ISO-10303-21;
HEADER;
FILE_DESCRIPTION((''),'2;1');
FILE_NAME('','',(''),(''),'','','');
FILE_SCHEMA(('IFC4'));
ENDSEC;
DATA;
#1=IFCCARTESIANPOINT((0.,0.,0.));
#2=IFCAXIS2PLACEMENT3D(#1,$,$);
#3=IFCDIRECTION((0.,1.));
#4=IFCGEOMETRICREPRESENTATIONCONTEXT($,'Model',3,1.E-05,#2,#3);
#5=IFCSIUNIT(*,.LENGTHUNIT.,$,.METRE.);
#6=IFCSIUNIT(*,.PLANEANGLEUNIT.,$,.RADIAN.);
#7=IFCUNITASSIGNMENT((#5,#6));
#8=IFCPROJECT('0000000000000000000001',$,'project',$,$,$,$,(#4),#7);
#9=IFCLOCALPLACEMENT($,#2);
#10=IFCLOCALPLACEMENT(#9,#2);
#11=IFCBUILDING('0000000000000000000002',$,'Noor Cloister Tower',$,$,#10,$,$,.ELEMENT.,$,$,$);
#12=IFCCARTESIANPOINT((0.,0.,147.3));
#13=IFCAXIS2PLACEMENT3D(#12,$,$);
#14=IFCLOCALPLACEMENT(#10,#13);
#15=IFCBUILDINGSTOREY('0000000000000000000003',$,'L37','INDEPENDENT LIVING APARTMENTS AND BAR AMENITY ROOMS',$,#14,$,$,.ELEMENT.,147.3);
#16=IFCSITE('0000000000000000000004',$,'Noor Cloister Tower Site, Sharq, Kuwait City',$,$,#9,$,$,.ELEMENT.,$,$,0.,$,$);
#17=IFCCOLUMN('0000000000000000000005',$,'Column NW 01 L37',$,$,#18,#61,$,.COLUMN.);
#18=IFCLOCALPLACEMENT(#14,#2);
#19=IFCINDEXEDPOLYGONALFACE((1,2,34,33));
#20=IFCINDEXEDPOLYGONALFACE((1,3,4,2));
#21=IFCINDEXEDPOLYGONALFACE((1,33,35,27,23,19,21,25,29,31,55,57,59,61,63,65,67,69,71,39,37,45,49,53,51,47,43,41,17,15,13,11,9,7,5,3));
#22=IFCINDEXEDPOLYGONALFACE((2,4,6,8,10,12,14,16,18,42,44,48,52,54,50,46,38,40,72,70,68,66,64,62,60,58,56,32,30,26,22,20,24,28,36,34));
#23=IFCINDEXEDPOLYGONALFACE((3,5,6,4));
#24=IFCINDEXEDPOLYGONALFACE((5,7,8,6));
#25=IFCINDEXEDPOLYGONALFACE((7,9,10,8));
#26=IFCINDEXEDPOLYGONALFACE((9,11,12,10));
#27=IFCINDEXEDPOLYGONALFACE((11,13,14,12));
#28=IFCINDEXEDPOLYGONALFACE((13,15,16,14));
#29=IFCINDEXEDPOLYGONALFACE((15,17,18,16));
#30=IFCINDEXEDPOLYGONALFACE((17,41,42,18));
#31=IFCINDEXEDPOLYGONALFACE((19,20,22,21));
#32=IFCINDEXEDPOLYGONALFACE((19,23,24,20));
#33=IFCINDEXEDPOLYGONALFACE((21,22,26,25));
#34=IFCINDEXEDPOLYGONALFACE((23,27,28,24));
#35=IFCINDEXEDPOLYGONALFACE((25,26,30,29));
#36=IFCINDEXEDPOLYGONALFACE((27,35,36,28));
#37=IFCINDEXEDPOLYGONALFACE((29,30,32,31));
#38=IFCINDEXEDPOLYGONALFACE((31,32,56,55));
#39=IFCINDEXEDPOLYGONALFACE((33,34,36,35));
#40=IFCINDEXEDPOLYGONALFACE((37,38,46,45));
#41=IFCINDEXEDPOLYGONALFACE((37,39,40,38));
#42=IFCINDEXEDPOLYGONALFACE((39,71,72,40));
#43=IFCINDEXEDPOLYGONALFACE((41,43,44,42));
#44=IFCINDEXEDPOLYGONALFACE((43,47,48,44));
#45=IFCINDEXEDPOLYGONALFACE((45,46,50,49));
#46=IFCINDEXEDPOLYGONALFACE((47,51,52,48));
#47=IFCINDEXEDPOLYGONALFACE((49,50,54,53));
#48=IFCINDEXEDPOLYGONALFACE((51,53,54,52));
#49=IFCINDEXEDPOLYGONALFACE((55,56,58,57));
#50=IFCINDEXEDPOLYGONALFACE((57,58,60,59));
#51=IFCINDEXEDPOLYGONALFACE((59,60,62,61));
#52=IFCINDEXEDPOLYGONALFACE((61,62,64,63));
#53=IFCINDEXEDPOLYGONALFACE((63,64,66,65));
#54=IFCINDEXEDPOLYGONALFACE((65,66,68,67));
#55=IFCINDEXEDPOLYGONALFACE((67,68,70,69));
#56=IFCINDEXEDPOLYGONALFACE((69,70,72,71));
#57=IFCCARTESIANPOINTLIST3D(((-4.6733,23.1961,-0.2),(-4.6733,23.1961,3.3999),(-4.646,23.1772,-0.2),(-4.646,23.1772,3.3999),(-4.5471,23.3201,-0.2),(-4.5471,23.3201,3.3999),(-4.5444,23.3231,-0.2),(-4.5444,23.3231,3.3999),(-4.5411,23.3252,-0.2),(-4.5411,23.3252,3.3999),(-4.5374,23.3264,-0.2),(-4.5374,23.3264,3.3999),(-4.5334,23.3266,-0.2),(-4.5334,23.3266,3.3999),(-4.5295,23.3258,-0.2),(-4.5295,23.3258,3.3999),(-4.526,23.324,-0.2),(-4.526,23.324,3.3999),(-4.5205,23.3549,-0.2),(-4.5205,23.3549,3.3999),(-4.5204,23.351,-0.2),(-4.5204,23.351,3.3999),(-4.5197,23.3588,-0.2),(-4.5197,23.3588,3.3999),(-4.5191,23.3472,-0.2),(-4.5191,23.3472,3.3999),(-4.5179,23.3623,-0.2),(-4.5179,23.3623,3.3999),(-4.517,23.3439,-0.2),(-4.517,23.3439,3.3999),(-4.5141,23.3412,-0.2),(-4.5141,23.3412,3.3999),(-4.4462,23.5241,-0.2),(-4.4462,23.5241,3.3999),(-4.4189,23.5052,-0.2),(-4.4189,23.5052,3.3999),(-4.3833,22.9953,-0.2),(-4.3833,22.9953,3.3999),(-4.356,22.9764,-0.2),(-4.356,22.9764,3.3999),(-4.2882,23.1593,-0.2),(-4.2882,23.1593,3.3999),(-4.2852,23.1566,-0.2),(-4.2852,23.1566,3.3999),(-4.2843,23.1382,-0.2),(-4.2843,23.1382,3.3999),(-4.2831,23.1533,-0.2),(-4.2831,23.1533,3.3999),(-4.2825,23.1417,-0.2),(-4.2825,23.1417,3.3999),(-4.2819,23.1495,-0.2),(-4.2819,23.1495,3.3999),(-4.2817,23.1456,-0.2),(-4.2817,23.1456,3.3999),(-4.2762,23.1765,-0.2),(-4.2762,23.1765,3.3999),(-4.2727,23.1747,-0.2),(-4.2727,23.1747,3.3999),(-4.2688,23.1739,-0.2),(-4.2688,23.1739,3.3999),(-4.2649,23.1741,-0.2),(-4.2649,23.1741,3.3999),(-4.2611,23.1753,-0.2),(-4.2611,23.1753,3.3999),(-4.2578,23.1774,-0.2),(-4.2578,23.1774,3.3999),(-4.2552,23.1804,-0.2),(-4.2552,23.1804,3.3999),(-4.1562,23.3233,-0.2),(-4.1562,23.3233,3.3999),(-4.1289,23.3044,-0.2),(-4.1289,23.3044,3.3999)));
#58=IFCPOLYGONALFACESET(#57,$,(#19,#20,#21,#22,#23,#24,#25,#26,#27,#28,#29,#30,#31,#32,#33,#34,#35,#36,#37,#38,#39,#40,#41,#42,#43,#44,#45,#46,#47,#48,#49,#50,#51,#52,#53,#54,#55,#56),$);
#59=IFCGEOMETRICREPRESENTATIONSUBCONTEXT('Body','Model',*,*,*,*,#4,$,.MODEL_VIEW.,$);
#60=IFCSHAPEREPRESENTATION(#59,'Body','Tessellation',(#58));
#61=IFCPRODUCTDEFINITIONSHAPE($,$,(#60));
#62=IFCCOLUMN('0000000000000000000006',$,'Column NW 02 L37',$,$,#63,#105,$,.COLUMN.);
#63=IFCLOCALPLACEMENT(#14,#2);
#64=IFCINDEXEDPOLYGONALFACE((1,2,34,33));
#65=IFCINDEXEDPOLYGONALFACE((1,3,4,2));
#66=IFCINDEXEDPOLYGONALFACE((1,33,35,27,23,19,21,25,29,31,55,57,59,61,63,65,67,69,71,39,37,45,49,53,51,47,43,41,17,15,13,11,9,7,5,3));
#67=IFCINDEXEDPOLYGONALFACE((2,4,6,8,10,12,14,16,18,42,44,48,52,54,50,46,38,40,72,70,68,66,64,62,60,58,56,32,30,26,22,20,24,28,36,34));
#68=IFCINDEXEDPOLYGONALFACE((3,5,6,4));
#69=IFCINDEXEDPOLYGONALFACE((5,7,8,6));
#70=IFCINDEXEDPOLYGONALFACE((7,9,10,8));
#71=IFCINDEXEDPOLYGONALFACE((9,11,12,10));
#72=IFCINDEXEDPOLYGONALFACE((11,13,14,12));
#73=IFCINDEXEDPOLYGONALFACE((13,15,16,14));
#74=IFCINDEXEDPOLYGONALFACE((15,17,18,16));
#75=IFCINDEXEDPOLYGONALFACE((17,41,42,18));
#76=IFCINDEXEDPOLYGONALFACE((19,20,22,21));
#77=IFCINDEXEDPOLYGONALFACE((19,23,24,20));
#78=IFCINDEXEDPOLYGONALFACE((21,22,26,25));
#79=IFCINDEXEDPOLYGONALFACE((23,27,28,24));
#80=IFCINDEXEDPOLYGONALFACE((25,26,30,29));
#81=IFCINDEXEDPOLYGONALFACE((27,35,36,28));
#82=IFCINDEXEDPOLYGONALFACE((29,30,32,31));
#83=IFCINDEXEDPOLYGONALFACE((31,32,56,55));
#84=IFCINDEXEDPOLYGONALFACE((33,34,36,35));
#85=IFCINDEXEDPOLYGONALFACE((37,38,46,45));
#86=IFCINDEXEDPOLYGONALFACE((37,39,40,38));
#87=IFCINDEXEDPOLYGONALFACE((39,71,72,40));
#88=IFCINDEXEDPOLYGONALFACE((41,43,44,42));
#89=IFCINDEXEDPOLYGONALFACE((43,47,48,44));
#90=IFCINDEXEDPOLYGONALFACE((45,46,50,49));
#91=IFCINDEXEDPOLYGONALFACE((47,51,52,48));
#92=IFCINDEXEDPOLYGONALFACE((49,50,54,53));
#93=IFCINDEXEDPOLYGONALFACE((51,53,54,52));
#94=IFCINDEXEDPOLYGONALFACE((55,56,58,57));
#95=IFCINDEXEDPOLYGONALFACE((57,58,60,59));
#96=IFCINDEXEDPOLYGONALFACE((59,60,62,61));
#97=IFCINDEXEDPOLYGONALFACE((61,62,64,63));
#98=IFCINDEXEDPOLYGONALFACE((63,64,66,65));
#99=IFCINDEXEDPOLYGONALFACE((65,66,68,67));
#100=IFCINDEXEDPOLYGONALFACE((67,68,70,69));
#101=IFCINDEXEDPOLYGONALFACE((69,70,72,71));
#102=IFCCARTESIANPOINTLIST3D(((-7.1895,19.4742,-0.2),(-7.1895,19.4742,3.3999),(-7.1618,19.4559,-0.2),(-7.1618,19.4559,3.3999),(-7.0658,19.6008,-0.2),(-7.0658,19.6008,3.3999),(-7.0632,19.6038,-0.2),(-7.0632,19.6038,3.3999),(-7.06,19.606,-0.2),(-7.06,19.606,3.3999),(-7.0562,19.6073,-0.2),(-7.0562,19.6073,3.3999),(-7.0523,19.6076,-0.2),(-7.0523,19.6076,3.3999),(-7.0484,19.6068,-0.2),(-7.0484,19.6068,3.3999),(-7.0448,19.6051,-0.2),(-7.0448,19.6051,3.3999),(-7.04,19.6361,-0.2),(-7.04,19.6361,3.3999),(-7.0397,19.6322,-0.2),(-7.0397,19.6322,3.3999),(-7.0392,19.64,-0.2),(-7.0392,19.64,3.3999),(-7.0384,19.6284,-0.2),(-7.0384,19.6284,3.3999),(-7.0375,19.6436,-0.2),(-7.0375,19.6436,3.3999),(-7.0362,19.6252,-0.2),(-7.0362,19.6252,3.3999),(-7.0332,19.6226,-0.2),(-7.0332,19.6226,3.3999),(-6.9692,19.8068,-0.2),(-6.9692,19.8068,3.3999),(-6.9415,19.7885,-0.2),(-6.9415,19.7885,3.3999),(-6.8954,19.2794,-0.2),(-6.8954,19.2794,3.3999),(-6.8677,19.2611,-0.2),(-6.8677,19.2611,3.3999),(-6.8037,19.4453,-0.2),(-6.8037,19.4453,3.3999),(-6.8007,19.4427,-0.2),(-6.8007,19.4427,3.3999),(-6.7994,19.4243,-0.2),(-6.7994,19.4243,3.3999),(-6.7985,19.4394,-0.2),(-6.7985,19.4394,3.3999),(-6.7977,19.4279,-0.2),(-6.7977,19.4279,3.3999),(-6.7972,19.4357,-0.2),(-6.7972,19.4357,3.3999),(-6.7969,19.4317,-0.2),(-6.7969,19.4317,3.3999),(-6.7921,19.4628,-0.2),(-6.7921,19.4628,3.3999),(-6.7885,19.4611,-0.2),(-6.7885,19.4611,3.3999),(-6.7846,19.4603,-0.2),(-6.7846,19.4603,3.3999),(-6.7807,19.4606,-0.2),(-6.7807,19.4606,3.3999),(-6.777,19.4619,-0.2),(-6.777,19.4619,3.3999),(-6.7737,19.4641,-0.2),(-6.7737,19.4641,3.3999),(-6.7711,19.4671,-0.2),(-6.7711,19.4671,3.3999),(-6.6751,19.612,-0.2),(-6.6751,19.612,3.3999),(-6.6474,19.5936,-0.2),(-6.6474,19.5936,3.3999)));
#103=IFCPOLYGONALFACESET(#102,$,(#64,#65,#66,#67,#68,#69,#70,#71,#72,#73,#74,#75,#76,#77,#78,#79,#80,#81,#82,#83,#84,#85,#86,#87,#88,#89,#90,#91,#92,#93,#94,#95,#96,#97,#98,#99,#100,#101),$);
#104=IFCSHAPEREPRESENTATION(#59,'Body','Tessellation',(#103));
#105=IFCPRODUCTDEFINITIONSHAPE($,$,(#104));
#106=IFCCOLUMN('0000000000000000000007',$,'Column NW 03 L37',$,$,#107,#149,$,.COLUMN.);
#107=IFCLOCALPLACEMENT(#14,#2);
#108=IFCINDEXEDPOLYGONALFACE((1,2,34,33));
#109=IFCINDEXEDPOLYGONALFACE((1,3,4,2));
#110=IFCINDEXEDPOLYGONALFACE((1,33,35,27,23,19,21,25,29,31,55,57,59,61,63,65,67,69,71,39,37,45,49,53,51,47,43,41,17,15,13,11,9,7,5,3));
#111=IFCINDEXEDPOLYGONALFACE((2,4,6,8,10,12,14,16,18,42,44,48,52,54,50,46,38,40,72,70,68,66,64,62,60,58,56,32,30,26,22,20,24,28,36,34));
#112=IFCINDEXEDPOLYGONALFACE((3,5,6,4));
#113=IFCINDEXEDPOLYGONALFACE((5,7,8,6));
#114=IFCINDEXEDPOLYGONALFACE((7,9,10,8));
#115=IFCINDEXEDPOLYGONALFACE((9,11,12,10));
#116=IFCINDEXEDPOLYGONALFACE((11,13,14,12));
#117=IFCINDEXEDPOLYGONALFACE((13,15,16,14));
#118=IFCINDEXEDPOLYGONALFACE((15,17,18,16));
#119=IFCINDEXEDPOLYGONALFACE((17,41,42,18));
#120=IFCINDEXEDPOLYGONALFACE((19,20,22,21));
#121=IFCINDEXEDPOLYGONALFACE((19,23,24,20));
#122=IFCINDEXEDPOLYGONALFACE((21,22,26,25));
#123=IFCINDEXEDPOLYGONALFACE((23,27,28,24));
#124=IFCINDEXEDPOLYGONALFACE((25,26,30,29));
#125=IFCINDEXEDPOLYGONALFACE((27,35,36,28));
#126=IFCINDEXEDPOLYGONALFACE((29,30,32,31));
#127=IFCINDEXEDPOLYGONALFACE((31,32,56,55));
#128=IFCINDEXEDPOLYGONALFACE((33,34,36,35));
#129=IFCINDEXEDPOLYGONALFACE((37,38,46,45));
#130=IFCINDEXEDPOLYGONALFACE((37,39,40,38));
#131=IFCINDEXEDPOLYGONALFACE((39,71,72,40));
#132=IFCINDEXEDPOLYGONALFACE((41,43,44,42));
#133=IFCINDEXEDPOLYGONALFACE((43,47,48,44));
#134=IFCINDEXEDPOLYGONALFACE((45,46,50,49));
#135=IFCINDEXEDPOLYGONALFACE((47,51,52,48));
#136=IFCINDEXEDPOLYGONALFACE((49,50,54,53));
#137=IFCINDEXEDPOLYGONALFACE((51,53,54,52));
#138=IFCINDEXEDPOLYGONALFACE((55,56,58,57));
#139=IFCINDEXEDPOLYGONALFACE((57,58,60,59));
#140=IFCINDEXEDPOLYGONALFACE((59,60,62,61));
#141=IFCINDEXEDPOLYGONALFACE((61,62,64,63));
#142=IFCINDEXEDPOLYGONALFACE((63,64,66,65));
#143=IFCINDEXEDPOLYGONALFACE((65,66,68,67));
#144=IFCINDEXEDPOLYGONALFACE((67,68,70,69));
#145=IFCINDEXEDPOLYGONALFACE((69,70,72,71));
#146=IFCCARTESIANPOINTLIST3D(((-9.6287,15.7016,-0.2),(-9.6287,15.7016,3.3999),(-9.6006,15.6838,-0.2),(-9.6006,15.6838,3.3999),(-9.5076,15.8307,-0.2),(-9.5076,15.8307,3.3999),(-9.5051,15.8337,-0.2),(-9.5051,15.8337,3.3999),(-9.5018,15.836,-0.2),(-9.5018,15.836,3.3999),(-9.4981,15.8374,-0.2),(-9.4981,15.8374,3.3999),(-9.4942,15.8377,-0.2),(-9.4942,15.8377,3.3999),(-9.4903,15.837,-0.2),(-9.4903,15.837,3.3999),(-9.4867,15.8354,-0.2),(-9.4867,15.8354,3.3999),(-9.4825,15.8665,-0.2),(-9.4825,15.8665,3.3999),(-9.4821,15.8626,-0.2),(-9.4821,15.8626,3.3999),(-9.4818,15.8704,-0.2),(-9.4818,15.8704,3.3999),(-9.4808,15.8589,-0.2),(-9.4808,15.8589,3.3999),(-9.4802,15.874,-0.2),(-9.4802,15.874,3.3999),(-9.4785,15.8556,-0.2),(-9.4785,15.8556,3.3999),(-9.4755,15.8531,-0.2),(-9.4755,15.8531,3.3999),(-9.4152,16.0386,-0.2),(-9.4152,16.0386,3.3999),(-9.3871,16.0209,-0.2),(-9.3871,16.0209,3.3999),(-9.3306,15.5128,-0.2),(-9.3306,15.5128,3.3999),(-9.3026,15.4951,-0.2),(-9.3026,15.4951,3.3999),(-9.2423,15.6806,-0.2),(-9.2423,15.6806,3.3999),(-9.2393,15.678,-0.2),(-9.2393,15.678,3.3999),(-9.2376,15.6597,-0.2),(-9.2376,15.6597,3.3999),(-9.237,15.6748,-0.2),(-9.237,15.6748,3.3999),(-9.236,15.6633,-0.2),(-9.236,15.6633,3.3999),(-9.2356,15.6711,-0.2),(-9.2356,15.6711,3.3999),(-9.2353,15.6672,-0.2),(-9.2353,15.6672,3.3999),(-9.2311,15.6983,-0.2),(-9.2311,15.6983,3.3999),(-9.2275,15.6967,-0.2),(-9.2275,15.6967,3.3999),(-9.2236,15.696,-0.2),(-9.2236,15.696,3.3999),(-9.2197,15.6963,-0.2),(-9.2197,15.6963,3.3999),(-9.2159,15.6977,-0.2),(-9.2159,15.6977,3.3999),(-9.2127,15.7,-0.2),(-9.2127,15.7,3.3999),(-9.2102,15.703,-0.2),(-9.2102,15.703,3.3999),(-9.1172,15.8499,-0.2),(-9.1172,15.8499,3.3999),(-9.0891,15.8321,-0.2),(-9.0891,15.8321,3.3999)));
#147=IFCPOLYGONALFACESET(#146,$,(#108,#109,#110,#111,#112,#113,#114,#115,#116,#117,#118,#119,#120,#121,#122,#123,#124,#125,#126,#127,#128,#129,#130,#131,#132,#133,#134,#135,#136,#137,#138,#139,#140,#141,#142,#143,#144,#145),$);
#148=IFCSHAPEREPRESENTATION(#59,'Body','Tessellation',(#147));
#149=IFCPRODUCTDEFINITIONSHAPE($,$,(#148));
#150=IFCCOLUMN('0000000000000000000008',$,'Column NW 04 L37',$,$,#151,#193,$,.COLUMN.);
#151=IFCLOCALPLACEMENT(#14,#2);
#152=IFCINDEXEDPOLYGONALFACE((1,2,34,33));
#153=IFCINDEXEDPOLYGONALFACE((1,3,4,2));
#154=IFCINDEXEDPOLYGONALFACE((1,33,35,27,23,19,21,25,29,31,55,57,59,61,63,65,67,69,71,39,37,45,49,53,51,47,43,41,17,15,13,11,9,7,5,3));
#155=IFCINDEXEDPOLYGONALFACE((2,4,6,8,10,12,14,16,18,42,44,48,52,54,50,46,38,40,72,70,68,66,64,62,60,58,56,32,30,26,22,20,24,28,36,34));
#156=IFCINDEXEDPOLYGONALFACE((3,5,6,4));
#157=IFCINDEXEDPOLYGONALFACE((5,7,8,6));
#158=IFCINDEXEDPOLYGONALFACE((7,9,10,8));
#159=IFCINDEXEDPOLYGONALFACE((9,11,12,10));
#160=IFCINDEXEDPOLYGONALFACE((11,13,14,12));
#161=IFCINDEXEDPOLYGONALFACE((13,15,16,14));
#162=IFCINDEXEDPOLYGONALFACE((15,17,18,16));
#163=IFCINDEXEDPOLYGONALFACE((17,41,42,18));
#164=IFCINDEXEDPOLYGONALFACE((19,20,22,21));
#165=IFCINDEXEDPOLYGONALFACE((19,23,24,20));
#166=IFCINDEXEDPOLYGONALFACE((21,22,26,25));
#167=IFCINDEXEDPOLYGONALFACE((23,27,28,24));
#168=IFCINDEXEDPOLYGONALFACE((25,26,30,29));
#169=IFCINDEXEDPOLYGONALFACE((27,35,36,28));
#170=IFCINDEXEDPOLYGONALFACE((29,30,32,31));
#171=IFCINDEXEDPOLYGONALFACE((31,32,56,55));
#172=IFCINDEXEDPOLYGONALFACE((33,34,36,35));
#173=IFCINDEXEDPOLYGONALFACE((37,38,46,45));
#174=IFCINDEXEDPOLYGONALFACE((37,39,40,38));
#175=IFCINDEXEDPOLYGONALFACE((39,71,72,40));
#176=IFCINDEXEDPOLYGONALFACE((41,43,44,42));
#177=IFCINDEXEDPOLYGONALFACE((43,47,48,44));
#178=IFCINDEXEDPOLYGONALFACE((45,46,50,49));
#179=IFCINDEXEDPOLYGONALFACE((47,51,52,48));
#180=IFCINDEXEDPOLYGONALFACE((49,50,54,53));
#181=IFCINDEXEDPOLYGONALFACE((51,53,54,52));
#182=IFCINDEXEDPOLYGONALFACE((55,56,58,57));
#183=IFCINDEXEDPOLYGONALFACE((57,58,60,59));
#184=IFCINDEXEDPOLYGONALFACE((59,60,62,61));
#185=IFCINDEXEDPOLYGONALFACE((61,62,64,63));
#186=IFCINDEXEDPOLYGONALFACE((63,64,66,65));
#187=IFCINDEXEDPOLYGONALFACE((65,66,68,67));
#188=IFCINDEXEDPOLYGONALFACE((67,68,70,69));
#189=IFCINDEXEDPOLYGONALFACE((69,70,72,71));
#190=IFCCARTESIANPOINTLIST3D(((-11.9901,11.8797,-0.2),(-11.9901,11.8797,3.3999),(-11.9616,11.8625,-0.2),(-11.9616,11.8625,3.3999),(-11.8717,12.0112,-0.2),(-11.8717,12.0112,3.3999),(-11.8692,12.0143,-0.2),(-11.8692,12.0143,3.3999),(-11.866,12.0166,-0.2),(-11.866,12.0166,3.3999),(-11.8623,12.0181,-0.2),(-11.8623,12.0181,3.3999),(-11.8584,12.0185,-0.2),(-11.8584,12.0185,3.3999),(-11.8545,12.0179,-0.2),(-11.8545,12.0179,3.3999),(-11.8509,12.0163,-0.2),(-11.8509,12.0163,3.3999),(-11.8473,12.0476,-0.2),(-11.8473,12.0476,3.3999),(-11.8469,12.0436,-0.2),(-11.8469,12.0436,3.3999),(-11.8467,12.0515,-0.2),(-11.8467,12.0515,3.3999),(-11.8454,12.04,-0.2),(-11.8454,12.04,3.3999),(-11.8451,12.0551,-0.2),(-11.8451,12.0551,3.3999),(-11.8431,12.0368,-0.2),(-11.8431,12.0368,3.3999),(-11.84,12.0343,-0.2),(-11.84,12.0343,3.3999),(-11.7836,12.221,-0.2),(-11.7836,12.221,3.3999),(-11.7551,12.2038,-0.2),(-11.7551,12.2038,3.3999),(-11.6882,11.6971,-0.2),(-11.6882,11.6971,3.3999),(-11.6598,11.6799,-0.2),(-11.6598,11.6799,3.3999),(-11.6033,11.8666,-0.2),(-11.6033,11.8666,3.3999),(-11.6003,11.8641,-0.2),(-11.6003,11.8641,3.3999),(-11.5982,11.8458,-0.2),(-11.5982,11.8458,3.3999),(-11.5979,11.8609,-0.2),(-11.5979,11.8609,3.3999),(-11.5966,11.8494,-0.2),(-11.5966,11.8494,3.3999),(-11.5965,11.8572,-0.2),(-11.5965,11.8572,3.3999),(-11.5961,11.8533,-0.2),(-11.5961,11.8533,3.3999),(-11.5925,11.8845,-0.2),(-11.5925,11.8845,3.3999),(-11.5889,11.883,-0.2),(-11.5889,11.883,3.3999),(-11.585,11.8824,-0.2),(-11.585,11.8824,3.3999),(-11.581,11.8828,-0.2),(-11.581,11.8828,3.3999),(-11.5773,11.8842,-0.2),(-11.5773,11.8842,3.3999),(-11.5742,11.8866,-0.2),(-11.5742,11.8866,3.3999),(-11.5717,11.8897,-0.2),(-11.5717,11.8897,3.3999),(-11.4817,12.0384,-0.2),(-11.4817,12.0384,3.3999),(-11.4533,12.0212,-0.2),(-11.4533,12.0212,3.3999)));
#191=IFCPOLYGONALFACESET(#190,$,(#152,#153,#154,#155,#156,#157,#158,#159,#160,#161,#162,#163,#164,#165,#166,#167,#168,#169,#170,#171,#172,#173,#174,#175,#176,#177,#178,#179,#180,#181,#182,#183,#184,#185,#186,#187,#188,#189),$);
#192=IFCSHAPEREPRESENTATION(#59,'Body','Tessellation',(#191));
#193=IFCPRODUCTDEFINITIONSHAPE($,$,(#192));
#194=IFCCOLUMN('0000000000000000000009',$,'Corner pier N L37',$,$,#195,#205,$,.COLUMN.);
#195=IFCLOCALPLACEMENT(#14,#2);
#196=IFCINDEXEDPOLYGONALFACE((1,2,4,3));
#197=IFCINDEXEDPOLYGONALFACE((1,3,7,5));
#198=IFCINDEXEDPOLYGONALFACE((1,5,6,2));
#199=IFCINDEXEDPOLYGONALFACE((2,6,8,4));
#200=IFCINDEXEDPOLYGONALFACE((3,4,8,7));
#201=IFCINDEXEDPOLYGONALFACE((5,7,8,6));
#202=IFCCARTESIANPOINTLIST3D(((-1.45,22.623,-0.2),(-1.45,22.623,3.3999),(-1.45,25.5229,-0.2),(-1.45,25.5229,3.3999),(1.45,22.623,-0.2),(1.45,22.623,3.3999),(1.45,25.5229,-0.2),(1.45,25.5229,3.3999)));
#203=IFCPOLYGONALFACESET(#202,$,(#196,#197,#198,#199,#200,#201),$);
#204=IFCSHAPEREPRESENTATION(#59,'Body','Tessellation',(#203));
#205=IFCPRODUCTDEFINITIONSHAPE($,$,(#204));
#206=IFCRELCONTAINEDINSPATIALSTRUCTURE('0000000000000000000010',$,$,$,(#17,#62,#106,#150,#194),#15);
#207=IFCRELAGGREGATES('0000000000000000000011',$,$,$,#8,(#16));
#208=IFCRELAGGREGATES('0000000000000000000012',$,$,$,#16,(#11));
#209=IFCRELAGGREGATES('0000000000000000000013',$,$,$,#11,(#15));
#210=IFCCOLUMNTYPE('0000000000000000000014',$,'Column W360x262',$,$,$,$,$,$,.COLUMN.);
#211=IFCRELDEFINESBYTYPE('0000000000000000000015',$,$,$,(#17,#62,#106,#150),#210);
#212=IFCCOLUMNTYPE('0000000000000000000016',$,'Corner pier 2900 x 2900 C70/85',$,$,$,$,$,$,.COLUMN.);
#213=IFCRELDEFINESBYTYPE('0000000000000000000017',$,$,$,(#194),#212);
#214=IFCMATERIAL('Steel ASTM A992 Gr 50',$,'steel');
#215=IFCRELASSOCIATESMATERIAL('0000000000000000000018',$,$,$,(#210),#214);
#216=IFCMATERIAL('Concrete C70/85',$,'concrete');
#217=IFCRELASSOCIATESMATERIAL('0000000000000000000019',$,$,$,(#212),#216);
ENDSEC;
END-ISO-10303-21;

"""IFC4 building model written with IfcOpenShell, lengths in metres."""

from ifc_helpers import new_model, si_unit, direction, frame, origin, origin_2d, place, context, subcontext, project, spatial, rectangle, i_section, extrude, material, material_profile, profile_set, type_object, element, save


model = new_model("IFC4")

# Units and contexts
model_context = context("Model", 3, precision=1e-05, world=origin(), true_north=direction((0.0, 1.0)))
body_context = subcontext(model_context, "Body", "Model", "MODEL_VIEW")
ifc_project = project(units=[si_unit("LENGTHUNIT", "METRE"), si_unit("PLANEANGLEUNIT", "RADIAN")], contexts=[model_context])

# Site, building, storey
site_placement = place(None, origin())
site = spatial("IfcSite", under=ifc_project, at=site_placement, Name="Noor Cloister Tower Site, Sharq, Kuwait City", CompositionType="ELEMENT", RefElevation=0.0)
building_placement = place(site_placement, origin())
building = spatial("IfcBuilding", under=site, at=building_placement, Name="Noor Cloister Tower", CompositionType="ELEMENT")
storey_placement = place(building_placement, frame((0.0, 0.0, 147.3)))
storey = spatial("IfcBuildingStorey", under=building, at=storey_placement, Name="L37", Description="INDEPENDENT LIVING APARTMENTS AND BAR AMENITY ROOMS", CompositionType="ELEMENT", Elevation=147.3)

# Columns
ifc_material_1 = material(Name="Steel ASTM A992 Gr 50", Category="steel")
ifc_material_profile_1 = material_profile(ifc_material_1, i_section(OverallWidth=0.3989, OverallDepth=0.386, WebThickness=0.021, FlangeThickness=0.0332, FilletRadius=0.0151, at=origin_2d()), Name="W360x262")
ifc_profile_set_1 = profile_set([ifc_material_profile_1], Name="Steel ASTM A992 Gr 50")
column_type_1 = type_object("IfcColumnType", Name="Column W360x262", PredefinedType="COLUMN", material=ifc_profile_set_1)
for number, where, z_axis, x_axis, name in (
    (1, (-4.4011, 23.2502, -0.2), (0.0, 0.0, 1.0), (-0.569266, -0.822154, 0.0), "Column NW 01 L37"),
    (2, (-6.9185, 19.5339, -0.2), (0.0, 0.0, 1.0), (-0.55229, -0.833652, 0.0), "Column NW 02 L37"),
    (3, (-9.3589, 15.7668, -0.2), (0.0, 0.0, 1.0), (-0.535083, -0.8448, 0.0), "Column NW 03 L37"),
    (4, (-11.7217, 11.9504, -0.2), (0.0, 0.0, 1.0), (-0.51765, -0.855592, 0.0), "Column NW 04 L37"),
):
    element("IfcColumn", number, at=place(storey_placement, frame(where, z_axis=z_axis, x_axis=x_axis)), inside=storey, type_object=column_type_1, Name=name, PredefinedType="COLUMN", context=body_context, shape_type="SweptSolid", body=[
        extrude(i_section(OverallWidth=0.3989, OverallDepth=0.386, WebThickness=0.021, FlangeThickness=0.0332, FilletRadius=0.0151, at=origin_2d()), origin(), (0.0, 0.0, 1.0), 3.5999),
    ])
ifc_material_2 = material(Name="Concrete C70/85", Category="concrete")
ifc_material_profile_2 = material_profile(ifc_material_2, rectangle(XDim=2.8999, YDim=2.8999, at=origin_2d()), Name="RC 2900x2900")
ifc_profile_set_2 = profile_set([ifc_material_profile_2], Name="Concrete C70/85")
column_type_2 = type_object("IfcColumnType", Name="Corner pier 2900 x 2900 C70/85", PredefinedType="COLUMN", material=ifc_profile_set_2)
column_placement = place(storey_placement, frame((0.0, 24.073, -0.2), z_axis=(0.0, 0.0, 1.0), x_axis=(0.0, 1.0, 0.0)))
element("IfcColumn", 5, at=column_placement, inside=storey, type_object=column_type_2, Name="Corner pier N L37", PredefinedType="COLUMN", context=body_context, shape_type="SweptSolid", body=[
    extrude(rectangle(XDim=2.8999, YDim=2.8999, at=origin_2d()), origin(), (0.0, 0.0, 1.0), 3.5999),
])

save(model, "model.ifc")
